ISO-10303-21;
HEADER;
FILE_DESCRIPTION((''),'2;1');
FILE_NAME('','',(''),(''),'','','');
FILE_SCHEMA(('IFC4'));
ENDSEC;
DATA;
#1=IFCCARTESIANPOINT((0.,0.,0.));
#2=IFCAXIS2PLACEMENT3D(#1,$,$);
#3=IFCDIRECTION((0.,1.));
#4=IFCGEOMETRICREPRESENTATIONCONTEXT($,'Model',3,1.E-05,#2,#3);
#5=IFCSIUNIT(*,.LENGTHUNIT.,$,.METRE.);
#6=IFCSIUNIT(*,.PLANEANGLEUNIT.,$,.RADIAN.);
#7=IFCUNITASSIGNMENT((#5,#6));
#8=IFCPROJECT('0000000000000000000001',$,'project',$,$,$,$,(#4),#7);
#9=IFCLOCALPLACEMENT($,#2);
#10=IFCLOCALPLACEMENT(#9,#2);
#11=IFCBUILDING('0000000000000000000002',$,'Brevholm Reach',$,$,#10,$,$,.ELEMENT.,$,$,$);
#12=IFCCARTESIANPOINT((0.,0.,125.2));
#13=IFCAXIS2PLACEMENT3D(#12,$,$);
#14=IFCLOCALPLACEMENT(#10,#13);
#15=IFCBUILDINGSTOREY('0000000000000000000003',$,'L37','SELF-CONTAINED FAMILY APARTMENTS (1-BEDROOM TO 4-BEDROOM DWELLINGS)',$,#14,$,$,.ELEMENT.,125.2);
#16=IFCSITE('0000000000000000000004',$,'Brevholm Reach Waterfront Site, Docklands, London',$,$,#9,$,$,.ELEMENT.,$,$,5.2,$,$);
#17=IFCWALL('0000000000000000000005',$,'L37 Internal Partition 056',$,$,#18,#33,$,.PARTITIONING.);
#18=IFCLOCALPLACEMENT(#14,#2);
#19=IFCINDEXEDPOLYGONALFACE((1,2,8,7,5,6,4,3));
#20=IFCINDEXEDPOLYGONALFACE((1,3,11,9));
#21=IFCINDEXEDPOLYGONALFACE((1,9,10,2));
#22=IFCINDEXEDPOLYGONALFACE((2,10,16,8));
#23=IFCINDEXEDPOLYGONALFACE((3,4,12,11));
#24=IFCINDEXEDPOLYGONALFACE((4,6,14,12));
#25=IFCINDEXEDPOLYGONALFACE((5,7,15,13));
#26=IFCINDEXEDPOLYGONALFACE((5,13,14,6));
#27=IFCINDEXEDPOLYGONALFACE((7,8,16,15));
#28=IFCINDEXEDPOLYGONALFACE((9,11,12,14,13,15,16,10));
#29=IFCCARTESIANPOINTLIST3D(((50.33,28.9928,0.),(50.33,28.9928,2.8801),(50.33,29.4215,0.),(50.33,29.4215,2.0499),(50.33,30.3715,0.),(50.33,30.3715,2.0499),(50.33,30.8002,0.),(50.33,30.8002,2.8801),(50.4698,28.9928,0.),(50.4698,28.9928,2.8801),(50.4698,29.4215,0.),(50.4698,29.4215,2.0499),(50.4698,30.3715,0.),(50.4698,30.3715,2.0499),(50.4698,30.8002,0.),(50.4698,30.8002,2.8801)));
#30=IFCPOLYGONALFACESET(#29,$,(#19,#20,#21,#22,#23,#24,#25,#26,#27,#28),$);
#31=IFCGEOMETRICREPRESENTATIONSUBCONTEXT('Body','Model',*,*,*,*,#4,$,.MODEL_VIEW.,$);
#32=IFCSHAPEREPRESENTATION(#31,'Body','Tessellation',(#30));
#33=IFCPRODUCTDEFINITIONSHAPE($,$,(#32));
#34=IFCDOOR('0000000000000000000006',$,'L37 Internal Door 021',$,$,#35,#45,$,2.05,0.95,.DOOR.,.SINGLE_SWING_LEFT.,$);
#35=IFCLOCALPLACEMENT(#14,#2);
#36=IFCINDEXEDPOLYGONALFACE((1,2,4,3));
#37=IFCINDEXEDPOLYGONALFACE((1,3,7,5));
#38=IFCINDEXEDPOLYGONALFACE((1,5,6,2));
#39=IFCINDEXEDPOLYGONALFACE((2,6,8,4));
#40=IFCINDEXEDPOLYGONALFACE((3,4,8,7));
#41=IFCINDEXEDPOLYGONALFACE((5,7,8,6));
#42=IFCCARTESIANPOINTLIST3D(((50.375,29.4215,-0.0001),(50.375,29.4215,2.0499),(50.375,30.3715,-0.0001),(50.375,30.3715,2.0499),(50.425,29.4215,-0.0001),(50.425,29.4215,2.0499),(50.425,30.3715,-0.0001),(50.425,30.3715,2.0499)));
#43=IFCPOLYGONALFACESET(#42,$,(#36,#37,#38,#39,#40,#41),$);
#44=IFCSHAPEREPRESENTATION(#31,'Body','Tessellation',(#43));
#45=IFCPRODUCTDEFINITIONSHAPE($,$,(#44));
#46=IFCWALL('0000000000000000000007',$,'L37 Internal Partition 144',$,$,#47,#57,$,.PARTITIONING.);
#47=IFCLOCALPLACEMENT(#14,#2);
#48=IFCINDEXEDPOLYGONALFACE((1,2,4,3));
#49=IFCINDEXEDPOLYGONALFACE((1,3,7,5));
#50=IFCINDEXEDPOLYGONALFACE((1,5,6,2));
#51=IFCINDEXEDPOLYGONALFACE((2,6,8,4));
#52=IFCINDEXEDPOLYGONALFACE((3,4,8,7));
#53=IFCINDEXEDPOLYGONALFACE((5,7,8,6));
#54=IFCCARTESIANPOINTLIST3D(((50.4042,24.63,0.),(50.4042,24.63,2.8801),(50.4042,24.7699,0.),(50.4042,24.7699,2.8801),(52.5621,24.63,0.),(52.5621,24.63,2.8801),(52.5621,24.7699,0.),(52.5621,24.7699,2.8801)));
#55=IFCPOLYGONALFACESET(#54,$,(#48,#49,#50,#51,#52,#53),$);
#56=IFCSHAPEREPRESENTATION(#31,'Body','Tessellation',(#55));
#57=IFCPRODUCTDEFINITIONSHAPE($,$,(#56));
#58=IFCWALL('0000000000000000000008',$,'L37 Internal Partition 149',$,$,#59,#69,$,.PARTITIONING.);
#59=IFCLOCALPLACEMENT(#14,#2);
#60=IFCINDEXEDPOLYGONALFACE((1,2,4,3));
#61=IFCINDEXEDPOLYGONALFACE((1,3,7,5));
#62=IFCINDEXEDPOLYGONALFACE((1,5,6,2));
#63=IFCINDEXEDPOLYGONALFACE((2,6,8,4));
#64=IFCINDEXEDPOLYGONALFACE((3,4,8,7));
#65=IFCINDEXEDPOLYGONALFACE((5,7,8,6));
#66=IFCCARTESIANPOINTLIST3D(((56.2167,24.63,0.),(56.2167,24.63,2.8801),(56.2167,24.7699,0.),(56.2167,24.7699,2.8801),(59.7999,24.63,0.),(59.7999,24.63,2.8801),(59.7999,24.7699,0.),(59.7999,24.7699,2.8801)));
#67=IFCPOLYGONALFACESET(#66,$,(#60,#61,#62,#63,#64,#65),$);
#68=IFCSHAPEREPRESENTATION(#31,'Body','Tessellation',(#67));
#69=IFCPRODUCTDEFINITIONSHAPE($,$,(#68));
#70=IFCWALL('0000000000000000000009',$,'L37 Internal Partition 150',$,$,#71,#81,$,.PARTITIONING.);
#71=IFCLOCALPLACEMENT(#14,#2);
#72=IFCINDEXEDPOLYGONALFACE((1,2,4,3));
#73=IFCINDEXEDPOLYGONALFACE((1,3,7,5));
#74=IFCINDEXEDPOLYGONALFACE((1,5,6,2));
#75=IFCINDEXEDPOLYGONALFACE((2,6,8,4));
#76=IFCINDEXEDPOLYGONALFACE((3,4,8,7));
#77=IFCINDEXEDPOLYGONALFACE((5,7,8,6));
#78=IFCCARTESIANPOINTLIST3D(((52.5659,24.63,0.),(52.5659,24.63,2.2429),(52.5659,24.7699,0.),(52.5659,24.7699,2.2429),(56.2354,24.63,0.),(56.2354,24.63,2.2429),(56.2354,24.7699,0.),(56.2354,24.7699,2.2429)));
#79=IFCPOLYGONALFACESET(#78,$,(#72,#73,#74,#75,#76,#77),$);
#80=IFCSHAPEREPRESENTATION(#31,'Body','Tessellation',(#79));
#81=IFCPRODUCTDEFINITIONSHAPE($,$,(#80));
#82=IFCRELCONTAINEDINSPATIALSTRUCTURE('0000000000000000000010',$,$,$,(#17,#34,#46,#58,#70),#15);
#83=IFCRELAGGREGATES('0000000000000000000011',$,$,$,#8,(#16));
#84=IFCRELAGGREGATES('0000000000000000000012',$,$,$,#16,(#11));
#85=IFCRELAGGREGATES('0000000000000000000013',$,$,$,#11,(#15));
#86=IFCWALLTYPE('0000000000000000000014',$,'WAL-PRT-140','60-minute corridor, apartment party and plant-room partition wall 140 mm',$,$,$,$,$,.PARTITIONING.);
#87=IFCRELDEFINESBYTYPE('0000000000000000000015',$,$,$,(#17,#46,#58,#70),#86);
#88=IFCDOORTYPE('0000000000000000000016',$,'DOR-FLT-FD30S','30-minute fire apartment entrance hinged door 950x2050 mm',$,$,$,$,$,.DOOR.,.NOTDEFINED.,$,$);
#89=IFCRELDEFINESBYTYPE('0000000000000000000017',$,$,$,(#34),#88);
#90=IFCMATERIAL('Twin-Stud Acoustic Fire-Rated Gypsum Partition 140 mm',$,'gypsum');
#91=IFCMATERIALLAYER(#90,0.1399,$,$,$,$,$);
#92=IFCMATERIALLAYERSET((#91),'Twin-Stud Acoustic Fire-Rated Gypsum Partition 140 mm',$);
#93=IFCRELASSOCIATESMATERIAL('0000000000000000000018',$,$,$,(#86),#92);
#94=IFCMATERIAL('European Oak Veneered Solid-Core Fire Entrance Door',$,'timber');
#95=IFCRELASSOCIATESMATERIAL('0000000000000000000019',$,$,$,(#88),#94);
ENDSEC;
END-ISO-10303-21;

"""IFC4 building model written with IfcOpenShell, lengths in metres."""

from ifc_helpers import new_model, si_unit, direction, frame, frame_2d, origin, place, context, subcontext, project, spatial, rectangle, extrude, material, layer, layer_set, type_object, element, fill, save


model = new_model("IFC4")

# Units and contexts
model_context = context("Model", 3, precision=1e-05, world=origin(), true_north=direction((0.0, 1.0)))
body_context = subcontext(model_context, "Body", "Model", "MODEL_VIEW")
ifc_project = project(units=[si_unit("LENGTHUNIT", "METRE"), si_unit("PLANEANGLEUNIT", "RADIAN")], contexts=[model_context])

# Site, building, storey
site_placement = place(None, origin())
site = spatial("IfcSite", under=ifc_project, at=site_placement, Name="Brevholm Reach Waterfront Site, Docklands, London", CompositionType="ELEMENT", RefElevation=5.2)
building_placement = place(site_placement, origin())
building = spatial("IfcBuilding", under=site, at=building_placement, Name="Brevholm Reach", CompositionType="ELEMENT")
storey_placement = place(building_placement, frame((0.0, 0.0, 125.2)))
storey = spatial("IfcBuildingStorey", under=building, at=storey_placement, Name="L37", Description="SELF-CONTAINED FAMILY APARTMENTS (1-BEDROOM TO 4-BEDROOM DWELLINGS)", CompositionType="ELEMENT", Elevation=125.2)

# Shared definitions
ifc_material_1 = material(Name="Twin-Stud Acoustic Fire-Rated Gypsum Partition 140 mm", Category="gypsum")
ifc_layer_1 = layer(ifc_material_1, 0.1399)
ifc_layer_set_1 = layer_set([ifc_layer_1], Name="Twin-Stud Acoustic Fire-Rated Gypsum Partition 140 mm")
wall_type_1 = type_object("IfcWallType", Name="WAL-PRT-140", Description="60-minute corridor, apartment party and plant-room partition wall 140 mm", PredefinedType="PARTITIONING", material=ifc_layer_set_1)

# Wall, opening, door
wall_1_placement = place(storey_placement, frame((50.3999, 28.9927, 0.0), z_axis=(0.0, 0.0, 1.0), x_axis=(0.0, 1.0, 0.0)))
wall_1 = element("IfcWall", 1, at=wall_1_placement, inside=storey, type_object=wall_type_1, Name="L37 Internal Partition 056", PredefinedType="PARTITIONING", context=body_context, shape_type="SweptSolid", body=[
    extrude(rectangle(XDim=1.8074, YDim=0.1399, at=frame_2d((0.9038, 0.0))), origin(), (0.0, 0.0, 1.0), 2.8801),
])
opening_1_placement = place(wall_1_placement, frame((0.4287, 0.0, 0.0)))
opening_1 = element("IfcOpeningElement", 2, at=opening_1_placement, cuts=wall_1, PredefinedType="OPENING", context=body_context, shape_type="SweptSolid", body=[
    extrude(rectangle(XDim=0.95, YDim=2.05, at=frame_2d((0.4751, 1.0249))), frame((0.0, 0.0798, 0.0), z_axis=(0.0, -1.0, 0.0), x_axis=(1.0, 0.0, 0.0)), (0.0, 0.0, 1.0), 0.1599),
])
ifc_material_2 = material(Name="European Oak Veneered Solid-Core Fire Entrance Door", Category="timber")
door_type_1 = type_object("IfcDoorType", Name="DOR-FLT-FD30S", Description="30-minute fire apartment entrance hinged door 950x2050 mm", OperationType="NOTDEFINED", PredefinedType="DOOR", material=ifc_material_2)
door_1_placement = place(opening_1_placement, origin())
door_1 = element("IfcDoor", 3, at=door_1_placement, inside=storey, type_object=door_type_1, Name="L37 Internal Door 021", OperationType="SINGLE_SWING_LEFT", OverallHeight=2.05, OverallWidth=0.95, PredefinedType="DOOR", context=body_context, shape_type="SweptSolid", body=[
    extrude(rectangle(XDim=0.95, YDim=2.05, at=frame_2d((0.4751, 1.0249))), frame((0.0, 0.0249, 0.0), z_axis=(0.0, -1.0, 0.0), x_axis=(1.0, 0.0, 0.0)), (0.0, 0.0, 1.0), 0.05),
])
fill(opening_1, door_1)

# Walls
wall_2_placement = place(storey_placement, frame((50.4041, 24.7, 0.0), z_axis=(0.0, 0.0, 1.0), x_axis=(1.0, 0.0, 0.0)))
element("IfcWall", 4, at=wall_2_placement, inside=storey, type_object=wall_type_1, Name="L37 Internal Partition 144", PredefinedType="PARTITIONING", context=body_context, shape_type="SweptSolid", body=[
    extrude(rectangle(XDim=2.158, YDim=0.1399, at=frame_2d((1.0791, 0.0))), origin(), (0.0, 0.0, 1.0), 2.8801),
])
wall_3_placement = place(storey_placement, frame((56.2168, 24.7, 0.0), z_axis=(0.0, 0.0, 1.0), x_axis=(1.0, 0.0, 0.0)))
element("IfcWall", 5, at=wall_3_placement, inside=storey, type_object=wall_type_1, Name="L37 Internal Partition 149", PredefinedType="PARTITIONING", context=body_context, shape_type="SweptSolid", body=[
    extrude(rectangle(XDim=3.5833, YDim=0.1399, at=frame_2d((1.7915, 0.0))), origin(), (0.0, 0.0, 1.0), 2.8801),
])
wall_4_placement = place(storey_placement, frame((52.5659, 24.7, 0.0), z_axis=(0.0, 0.0, 1.0), x_axis=(1.0, 0.0, 0.0)))
element("IfcWall", 6, at=wall_4_placement, inside=storey, type_object=wall_type_1, Name="L37 Internal Partition 150", PredefinedType="PARTITIONING", context=body_context, shape_type="SweptSolid", body=[
    extrude(rectangle(XDim=3.6694, YDim=0.1399, at=frame_2d((1.8347, 0.0))), origin(), (0.0, 0.0, 1.0), 2.2429),
])

save(model, "model.ifc")
